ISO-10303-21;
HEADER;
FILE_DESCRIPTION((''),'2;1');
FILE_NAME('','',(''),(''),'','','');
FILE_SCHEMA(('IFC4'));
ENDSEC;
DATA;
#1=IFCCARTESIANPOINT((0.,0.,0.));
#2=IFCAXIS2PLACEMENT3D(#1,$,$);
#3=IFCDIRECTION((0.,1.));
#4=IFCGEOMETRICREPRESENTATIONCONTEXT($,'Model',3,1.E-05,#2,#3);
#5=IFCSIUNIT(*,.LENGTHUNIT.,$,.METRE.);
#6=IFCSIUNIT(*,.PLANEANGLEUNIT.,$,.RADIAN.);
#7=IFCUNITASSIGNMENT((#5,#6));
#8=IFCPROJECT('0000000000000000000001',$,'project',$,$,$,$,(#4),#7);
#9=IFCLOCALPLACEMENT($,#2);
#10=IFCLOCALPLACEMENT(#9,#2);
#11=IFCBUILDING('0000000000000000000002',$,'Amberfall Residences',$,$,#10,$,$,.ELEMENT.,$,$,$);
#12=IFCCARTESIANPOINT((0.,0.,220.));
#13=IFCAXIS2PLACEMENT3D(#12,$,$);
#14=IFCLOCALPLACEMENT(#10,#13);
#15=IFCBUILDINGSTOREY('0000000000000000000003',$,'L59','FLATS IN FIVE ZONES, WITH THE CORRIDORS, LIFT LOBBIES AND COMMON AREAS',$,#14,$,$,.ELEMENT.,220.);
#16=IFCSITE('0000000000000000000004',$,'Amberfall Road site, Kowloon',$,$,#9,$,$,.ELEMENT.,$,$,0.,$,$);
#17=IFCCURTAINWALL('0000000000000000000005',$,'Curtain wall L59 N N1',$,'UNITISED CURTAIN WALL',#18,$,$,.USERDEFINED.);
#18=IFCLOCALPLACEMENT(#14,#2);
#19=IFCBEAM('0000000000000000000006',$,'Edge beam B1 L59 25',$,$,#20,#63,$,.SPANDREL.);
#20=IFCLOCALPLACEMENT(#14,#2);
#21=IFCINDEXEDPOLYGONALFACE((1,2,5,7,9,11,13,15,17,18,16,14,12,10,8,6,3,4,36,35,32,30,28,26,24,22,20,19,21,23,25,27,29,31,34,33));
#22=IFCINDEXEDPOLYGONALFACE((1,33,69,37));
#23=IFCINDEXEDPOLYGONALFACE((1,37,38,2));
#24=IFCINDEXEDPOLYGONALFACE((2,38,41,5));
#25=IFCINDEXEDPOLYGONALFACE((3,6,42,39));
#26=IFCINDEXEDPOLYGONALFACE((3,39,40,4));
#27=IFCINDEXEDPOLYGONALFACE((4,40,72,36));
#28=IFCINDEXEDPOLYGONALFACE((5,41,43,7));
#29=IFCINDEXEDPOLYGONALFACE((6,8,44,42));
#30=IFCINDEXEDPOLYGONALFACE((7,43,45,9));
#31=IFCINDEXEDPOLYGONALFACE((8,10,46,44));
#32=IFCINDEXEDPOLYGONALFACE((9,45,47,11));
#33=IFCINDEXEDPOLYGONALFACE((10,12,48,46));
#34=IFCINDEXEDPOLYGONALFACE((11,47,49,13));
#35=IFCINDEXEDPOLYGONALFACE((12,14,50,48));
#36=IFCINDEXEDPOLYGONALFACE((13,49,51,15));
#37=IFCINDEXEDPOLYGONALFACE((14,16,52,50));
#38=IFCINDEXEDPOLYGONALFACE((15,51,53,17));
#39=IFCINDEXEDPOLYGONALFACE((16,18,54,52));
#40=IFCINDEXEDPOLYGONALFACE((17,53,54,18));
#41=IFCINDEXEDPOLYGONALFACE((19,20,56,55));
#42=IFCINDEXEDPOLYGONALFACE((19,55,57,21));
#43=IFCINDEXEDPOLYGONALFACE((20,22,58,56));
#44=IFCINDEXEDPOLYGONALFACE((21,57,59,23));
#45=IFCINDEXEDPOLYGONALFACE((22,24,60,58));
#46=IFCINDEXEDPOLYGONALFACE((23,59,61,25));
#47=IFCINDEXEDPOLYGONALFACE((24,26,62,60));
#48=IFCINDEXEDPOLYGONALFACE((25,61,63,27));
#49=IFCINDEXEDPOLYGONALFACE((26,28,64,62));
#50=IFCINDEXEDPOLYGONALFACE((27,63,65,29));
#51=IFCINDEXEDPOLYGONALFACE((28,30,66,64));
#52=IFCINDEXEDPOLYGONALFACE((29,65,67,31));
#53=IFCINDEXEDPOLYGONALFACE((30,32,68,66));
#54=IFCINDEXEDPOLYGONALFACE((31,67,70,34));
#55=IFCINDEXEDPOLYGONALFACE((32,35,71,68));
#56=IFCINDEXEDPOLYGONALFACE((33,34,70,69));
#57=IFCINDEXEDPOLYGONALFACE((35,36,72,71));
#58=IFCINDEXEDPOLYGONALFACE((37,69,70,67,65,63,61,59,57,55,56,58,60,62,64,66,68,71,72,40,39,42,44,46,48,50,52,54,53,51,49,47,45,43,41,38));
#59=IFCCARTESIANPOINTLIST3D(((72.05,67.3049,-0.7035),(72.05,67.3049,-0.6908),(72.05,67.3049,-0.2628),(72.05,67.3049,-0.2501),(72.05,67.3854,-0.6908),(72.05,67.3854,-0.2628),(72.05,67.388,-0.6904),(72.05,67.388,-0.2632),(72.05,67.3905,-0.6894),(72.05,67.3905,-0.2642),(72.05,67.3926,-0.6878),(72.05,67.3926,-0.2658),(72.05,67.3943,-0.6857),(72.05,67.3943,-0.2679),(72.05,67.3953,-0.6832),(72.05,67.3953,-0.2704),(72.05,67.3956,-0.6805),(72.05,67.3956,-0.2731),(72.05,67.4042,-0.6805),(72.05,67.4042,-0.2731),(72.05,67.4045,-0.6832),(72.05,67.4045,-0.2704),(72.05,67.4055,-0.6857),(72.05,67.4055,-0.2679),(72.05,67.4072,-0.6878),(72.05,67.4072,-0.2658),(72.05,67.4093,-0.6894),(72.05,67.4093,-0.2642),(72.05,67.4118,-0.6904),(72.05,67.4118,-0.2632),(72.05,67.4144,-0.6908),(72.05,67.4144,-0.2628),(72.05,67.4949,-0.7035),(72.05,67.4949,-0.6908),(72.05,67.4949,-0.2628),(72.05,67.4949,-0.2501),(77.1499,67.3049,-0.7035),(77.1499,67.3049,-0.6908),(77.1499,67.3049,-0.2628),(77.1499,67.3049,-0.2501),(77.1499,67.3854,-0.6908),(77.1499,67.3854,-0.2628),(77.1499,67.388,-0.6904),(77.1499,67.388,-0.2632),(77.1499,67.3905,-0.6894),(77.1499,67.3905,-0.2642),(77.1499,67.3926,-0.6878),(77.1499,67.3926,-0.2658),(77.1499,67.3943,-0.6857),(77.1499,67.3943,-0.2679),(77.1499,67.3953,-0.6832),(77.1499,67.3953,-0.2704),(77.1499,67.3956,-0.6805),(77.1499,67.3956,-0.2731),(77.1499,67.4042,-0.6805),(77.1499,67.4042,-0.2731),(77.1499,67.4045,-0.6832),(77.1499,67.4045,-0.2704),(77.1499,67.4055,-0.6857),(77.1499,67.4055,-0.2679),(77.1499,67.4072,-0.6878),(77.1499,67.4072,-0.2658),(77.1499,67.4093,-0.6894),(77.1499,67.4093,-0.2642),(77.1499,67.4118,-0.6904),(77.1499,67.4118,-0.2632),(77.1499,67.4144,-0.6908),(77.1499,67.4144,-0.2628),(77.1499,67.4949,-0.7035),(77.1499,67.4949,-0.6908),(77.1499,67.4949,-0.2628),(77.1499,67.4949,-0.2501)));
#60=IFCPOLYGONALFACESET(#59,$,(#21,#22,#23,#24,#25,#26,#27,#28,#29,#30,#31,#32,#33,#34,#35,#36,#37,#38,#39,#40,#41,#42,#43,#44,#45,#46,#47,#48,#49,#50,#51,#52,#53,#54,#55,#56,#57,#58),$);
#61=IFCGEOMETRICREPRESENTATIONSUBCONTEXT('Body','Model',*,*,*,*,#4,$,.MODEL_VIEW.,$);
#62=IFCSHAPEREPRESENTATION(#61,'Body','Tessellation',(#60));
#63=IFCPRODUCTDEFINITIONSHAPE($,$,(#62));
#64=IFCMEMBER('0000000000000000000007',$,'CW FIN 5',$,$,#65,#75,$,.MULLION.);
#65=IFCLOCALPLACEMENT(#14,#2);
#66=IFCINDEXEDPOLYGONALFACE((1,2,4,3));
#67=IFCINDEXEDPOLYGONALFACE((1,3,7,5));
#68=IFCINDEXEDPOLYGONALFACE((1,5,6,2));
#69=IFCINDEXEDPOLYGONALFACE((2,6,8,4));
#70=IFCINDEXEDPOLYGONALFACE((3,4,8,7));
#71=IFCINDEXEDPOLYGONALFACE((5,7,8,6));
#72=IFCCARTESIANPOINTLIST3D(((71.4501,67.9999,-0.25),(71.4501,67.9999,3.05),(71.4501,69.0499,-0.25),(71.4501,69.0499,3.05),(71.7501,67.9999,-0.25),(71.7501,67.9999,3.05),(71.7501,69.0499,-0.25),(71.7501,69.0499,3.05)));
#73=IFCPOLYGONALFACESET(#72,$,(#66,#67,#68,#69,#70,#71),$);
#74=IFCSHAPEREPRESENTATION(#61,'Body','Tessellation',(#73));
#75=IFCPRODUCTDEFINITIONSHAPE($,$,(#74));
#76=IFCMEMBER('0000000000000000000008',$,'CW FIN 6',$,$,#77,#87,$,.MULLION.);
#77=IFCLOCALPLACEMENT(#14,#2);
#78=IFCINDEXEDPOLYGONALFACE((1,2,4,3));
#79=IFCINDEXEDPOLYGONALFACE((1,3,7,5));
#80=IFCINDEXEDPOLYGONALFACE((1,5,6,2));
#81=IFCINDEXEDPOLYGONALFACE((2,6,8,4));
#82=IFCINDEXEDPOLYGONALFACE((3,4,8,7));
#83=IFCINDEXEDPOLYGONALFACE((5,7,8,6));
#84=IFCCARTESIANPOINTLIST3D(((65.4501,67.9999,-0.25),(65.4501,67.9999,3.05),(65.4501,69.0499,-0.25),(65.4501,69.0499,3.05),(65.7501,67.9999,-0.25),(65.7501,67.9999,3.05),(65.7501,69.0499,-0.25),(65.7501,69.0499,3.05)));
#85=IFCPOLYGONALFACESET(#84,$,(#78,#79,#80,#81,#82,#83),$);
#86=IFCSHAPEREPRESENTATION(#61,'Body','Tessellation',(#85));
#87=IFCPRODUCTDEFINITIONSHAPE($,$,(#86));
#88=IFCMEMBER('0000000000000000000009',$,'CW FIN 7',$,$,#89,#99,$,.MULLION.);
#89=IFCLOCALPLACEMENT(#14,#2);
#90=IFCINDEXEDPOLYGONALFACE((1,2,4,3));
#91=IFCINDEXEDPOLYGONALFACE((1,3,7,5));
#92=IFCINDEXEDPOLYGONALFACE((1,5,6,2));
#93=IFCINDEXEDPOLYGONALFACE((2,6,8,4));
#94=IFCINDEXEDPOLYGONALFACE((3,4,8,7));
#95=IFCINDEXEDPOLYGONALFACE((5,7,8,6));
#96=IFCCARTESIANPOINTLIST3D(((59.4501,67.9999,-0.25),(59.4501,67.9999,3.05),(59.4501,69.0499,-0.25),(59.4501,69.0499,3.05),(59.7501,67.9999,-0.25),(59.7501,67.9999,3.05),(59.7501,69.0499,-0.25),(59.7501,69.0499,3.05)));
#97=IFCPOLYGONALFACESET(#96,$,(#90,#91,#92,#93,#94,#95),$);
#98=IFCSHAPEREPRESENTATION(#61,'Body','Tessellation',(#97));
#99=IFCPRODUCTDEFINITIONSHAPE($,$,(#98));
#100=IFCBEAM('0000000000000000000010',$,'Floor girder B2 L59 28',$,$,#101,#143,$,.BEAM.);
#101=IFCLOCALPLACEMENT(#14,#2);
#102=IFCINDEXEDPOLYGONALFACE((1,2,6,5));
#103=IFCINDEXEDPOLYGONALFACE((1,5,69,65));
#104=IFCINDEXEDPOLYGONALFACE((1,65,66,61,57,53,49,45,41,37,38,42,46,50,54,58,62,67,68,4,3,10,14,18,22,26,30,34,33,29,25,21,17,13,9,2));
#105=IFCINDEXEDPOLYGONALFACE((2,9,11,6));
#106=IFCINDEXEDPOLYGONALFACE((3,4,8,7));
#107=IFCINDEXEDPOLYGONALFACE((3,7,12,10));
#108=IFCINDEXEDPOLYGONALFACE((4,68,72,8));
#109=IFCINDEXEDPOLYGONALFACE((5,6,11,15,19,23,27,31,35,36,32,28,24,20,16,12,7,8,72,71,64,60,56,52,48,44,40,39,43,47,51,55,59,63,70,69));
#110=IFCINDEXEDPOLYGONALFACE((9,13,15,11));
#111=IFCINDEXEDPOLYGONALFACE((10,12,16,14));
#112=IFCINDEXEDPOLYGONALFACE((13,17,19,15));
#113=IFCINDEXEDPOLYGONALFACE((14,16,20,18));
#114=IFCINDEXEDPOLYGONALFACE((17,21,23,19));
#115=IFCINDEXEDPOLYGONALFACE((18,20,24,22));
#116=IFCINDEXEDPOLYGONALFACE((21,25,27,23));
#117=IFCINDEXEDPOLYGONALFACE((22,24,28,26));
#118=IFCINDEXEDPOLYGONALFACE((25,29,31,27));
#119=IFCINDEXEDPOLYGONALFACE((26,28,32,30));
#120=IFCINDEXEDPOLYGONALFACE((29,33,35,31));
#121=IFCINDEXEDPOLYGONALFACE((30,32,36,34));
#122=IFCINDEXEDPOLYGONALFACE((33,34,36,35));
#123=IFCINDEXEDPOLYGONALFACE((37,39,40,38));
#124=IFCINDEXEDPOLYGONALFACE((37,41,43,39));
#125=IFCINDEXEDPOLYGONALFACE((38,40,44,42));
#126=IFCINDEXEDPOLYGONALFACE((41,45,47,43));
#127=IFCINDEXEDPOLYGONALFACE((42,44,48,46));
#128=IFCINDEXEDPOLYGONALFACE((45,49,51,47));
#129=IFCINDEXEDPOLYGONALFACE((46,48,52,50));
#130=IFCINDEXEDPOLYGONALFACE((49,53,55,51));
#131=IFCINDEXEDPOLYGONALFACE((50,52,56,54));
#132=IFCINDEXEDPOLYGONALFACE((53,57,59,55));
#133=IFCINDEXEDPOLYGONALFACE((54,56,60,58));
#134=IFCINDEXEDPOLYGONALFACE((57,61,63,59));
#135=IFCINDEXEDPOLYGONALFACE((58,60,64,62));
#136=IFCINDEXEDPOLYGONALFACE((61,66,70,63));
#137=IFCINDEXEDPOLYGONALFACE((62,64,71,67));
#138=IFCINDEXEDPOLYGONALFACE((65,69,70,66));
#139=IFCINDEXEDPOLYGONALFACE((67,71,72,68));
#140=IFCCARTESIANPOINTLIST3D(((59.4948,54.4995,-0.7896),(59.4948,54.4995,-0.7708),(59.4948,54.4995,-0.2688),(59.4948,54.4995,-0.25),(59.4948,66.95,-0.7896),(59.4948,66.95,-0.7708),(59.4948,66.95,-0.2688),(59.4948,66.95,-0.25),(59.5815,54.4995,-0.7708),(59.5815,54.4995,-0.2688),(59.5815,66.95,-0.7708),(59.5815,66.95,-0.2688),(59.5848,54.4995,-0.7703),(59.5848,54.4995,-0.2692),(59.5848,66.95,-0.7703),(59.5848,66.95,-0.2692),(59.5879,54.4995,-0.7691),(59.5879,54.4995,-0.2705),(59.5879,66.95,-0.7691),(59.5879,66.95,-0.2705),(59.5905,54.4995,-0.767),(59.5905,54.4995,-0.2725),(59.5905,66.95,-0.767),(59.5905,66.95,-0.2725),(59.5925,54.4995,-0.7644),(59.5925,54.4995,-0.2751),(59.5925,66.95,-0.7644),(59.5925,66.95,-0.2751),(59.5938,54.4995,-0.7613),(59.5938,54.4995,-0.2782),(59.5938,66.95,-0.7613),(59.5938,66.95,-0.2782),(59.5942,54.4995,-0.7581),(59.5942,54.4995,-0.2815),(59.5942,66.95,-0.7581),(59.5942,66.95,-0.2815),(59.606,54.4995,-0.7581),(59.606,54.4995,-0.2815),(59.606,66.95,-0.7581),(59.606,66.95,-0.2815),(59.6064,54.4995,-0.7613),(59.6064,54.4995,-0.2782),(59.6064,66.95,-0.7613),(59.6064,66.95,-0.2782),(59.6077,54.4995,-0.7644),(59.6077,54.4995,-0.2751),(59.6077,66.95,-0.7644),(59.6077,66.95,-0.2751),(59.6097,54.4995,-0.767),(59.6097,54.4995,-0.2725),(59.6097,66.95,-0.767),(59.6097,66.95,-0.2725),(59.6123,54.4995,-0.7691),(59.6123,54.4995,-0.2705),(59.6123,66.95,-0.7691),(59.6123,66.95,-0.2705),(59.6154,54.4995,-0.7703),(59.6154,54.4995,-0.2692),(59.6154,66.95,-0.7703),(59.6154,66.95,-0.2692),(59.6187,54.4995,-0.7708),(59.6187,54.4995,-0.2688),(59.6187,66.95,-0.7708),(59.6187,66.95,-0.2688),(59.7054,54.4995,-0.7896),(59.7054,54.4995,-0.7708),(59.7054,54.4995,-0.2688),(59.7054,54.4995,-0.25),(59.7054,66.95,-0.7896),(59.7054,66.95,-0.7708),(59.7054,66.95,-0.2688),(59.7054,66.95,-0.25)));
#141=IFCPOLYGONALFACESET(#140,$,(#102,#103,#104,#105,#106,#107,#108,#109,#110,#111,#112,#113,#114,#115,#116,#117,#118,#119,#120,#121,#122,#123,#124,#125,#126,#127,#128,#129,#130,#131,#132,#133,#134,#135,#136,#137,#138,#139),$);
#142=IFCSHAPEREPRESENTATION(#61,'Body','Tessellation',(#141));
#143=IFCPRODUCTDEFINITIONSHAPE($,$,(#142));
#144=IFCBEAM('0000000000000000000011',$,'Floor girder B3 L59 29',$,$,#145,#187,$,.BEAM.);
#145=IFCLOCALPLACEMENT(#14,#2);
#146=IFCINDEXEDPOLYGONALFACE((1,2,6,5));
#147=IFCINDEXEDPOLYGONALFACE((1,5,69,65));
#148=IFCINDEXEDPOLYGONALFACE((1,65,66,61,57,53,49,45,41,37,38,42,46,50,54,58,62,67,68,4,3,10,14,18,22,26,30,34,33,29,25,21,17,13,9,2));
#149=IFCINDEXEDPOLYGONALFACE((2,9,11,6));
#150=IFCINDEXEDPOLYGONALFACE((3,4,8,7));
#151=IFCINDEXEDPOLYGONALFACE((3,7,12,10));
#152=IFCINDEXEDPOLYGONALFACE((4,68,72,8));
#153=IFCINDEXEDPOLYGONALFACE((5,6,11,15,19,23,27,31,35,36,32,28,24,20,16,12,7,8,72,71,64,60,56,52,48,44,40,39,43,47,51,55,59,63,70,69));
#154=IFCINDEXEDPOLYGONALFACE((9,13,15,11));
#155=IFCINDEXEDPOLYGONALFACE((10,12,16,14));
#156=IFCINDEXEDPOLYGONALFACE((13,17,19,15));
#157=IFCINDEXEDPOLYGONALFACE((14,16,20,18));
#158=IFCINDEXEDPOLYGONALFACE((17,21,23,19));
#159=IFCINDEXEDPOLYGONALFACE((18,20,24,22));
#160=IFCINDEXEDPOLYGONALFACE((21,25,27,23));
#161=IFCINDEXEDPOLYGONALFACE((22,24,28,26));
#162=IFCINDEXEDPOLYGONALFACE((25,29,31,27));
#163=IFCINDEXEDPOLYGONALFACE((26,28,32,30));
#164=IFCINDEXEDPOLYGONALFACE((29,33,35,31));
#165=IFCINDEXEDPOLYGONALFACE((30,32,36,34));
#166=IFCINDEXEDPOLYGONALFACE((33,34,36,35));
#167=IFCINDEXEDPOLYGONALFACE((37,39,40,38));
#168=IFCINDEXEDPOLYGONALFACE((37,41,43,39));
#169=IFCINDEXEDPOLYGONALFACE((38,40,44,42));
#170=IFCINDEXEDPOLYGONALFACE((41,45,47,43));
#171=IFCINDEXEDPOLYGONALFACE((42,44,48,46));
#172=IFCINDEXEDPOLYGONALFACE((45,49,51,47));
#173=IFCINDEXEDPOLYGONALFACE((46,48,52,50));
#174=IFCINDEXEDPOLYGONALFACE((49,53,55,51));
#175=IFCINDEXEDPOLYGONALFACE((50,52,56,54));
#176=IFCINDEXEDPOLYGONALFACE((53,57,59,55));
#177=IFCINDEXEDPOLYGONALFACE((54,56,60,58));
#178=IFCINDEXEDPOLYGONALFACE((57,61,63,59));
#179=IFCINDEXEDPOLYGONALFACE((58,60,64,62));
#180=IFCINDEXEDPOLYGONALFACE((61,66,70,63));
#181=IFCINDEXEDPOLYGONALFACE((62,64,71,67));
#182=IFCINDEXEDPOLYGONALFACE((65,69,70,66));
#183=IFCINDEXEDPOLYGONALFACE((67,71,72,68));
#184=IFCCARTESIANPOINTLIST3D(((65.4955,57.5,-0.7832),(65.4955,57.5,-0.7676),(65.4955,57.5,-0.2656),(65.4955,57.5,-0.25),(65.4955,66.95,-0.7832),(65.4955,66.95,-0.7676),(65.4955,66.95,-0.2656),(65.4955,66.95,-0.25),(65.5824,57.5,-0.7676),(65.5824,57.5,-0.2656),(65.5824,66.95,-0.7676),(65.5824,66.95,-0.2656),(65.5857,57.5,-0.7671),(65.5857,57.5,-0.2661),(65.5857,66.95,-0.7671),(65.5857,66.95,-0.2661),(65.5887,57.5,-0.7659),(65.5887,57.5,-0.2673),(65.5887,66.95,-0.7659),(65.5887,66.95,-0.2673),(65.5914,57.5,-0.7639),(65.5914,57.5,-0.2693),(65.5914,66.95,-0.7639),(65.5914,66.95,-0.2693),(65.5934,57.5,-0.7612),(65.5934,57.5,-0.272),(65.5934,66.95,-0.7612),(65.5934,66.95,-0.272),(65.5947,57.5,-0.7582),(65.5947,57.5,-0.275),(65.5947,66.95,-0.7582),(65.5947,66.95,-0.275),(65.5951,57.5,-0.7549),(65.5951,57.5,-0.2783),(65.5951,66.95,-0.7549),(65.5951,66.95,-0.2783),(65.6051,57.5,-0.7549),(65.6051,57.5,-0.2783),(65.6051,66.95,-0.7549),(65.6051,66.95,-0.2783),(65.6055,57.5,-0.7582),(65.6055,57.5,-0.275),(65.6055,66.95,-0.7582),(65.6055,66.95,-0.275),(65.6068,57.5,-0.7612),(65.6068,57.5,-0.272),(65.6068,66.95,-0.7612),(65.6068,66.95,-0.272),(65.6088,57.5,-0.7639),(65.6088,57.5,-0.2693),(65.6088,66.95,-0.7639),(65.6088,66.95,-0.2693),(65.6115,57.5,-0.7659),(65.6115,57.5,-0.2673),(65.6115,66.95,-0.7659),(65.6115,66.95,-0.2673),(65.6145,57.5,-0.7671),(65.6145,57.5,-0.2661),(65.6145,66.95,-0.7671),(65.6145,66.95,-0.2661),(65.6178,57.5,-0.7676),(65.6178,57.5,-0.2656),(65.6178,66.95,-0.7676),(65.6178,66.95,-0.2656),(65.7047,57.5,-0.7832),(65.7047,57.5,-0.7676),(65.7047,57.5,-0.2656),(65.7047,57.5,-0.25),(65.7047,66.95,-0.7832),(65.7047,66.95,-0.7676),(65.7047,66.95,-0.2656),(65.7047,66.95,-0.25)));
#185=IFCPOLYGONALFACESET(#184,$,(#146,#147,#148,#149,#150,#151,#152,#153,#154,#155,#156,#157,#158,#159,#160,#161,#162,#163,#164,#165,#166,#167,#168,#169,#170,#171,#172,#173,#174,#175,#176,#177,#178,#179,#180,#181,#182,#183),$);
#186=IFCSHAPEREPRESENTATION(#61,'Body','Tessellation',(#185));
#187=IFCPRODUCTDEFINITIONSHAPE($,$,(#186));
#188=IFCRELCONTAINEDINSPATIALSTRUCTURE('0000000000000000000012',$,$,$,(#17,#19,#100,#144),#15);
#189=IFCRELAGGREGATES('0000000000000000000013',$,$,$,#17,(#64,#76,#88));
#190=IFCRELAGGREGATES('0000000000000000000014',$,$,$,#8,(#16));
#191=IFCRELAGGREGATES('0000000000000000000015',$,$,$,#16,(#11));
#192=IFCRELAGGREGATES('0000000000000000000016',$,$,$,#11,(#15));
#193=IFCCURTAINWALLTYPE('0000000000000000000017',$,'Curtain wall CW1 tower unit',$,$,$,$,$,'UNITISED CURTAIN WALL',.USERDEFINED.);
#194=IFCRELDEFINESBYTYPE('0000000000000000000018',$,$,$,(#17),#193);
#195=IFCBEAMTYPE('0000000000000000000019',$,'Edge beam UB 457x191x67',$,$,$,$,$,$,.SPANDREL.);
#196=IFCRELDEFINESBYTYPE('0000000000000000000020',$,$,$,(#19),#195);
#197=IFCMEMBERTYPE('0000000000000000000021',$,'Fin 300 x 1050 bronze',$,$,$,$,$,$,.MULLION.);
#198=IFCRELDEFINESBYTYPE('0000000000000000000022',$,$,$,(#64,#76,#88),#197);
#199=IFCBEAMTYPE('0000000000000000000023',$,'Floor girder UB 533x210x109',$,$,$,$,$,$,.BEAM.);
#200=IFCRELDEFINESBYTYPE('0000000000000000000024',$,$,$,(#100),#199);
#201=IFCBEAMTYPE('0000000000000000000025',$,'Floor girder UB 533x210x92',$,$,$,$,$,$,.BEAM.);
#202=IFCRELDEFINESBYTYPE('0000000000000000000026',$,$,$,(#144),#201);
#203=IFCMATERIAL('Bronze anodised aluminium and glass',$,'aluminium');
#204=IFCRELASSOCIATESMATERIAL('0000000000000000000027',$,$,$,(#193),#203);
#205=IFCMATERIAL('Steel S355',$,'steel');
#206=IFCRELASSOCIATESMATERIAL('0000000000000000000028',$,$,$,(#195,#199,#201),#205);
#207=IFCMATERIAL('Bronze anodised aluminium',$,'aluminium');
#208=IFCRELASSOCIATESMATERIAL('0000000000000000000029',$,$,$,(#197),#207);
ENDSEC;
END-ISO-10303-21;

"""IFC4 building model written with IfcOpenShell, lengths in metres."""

from ifc_helpers import new_model, si_unit, direction, frame, origin, origin_2d, place, context, subcontext, project, spatial, rectangle, i_section, extrude, material, material_profile, profile_set, type_object, element, aggregate, save


model = new_model("IFC4")

# Units and contexts
model_context = context("Model", 3, precision=1e-05, world=origin(), true_north=direction((0.0, 1.0)))
body_context = subcontext(model_context, "Body", "Model", "MODEL_VIEW")
ifc_project = project(units=[si_unit("LENGTHUNIT", "METRE"), si_unit("PLANEANGLEUNIT", "RADIAN")], contexts=[model_context])

# Site, building, storey
site_placement = place(None, origin())
site = spatial("IfcSite", under=ifc_project, at=site_placement, Name="Amberfall Road site, Kowloon", CompositionType="ELEMENT", RefElevation=0.0)
building_placement = place(site_placement, origin())
building = spatial("IfcBuilding", under=site, at=building_placement, Name="Amberfall Residences", CompositionType="ELEMENT")
storey_placement = place(building_placement, frame((0.0, 0.0, 220.0)))
storey = spatial("IfcBuildingStorey", under=building, at=storey_placement, Name="L59", Description="FLATS IN FIVE ZONES, WITH THE CORRIDORS, LIFT LOBBIES AND COMMON AREAS", CompositionType="ELEMENT", Elevation=220.0)

# Curtain wall
ifc_material_1 = material(Name="Bronze anodised aluminium and glass", Category="aluminium")
curtain_wall_type = type_object("IfcCurtainWallType", Name="Curtain wall CW1 tower unit", ElementType="UNITISED CURTAIN WALL", PredefinedType="USERDEFINED", material=ifc_material_1)
curtain_wall_placement = place(storey_placement, origin())
curtain_wall = element("IfcCurtainWall", 1, at=curtain_wall_placement, inside=storey, type_object=curtain_wall_type, Name="Curtain wall L59 N N1", ObjectType="UNITISED CURTAIN WALL", PredefinedType="USERDEFINED")
ifc_material_2 = material(Name="Bronze anodised aluminium", Category="aluminium")

# Beam
ifc_material_3 = material(Name="Steel S355", Category="steel")
ifc_material_profile_1 = material_profile(ifc_material_3, i_section(OverallWidth=0.1899, OverallDepth=0.4534, WebThickness=0.0085, FlangeThickness=0.0127, FilletRadius=0.0103, at=origin_2d()), Name="UB 457x191x67")
ifc_profile_set_1 = profile_set([ifc_material_profile_1], Name="Steel S355")
beam_type_1 = type_object("IfcBeamType", Name="Edge beam UB 457x191x67", PredefinedType="SPANDREL", material=ifc_profile_set_1)
for number, where, z_axis, x_axis, name in (
    (2, (72.05, 67.3999, -0.4768), (1.0, 0.0, 0.0), (0.0, 1.0, 0.0), "Edge beam B1 L59 25"),
):
    element("IfcBeam", number, at=place(storey_placement, frame(where, z_axis=z_axis, x_axis=x_axis)), inside=storey, type_object=beam_type_1, Name=name, PredefinedType="SPANDREL", context=body_context, shape_type="SweptSolid", body=[
        extrude(i_section(OverallWidth=0.1899, OverallDepth=0.4534, WebThickness=0.0085, FlangeThickness=0.0127, FilletRadius=0.0103, at=origin_2d()), origin(), (0.0, 0.0, 1.0), 5.0999),
    ])

# Members
ifc_material_profile_2 = material_profile(ifc_material_2, rectangle(XDim=1.05, YDim=0.3, at=origin_2d()), Name="Fin 300 x 1050 bronze")
ifc_profile_set_2 = profile_set([ifc_material_profile_2], Name="Bronze anodised aluminium")
member_type_1 = type_object("IfcMemberType", Name="Fin 300 x 1050 bronze", PredefinedType="MULLION", material=ifc_profile_set_2)
member_1_placement = place(storey_placement, frame((71.6001, 68.5249, -0.25), z_axis=(0.0, 0.0, 1.0), x_axis=(0.0, -1.0, 0.0)))
member_1 = element("IfcMember", 3, at=member_1_placement, type_object=member_type_1, Name="CW FIN 5", PredefinedType="MULLION", context=body_context, shape_type="SweptSolid", body=[
    extrude(rectangle(XDim=1.05, YDim=0.3, at=origin_2d()), origin(), (0.0, 0.0, 1.0), 3.3),
])
member_2_placement = place(storey_placement, frame((65.6001, 68.5249, -0.25), z_axis=(0.0, 0.0, 1.0), x_axis=(0.0, -1.0, 0.0)))
member_2 = element("IfcMember", 4, at=member_2_placement, type_object=member_type_1, Name="CW FIN 6", PredefinedType="MULLION", context=body_context, shape_type="SweptSolid", body=[
    extrude(rectangle(XDim=1.05, YDim=0.3, at=origin_2d()), origin(), (0.0, 0.0, 1.0), 3.3),
])
member_3_placement = place(storey_placement, frame((59.6001, 68.5249, -0.25), z_axis=(0.0, 0.0, 1.0), x_axis=(0.0, -1.0, 0.0)))
member_3 = element("IfcMember", 5, at=member_3_placement, type_object=member_type_1, Name="CW FIN 7", PredefinedType="MULLION", context=body_context, shape_type="SweptSolid", body=[
    extrude(rectangle(XDim=1.05, YDim=0.3, at=origin_2d()), origin(), (0.0, 0.0, 1.0), 3.3),
])

# Beams
ifc_material_profile_3 = material_profile(ifc_material_3, i_section(OverallWidth=0.2107, OverallDepth=0.5396, WebThickness=0.0117, FlangeThickness=0.0188, FilletRadius=0.0127, at=origin_2d()), Name="UB 533x210x109")
ifc_profile_set_3 = profile_set([ifc_material_profile_3], Name="Steel S355")
beam_type_2 = type_object("IfcBeamType", Name="Floor girder UB 533x210x109", PredefinedType="BEAM", material=ifc_profile_set_3)
beam_placement = place(storey_placement, frame((59.6001, 66.95, -0.5198), z_axis=(0.0, -1.0, 0.0), x_axis=(1.0, 0.0, 0.0)))
element("IfcBeam", 6, at=beam_placement, inside=storey, type_object=beam_type_2, Name="Floor girder B2 L59 28", PredefinedType="BEAM", context=body_context, shape_type="SweptSolid", body=[
    extrude(i_section(OverallWidth=0.2107, OverallDepth=0.5396, WebThickness=0.0117, FlangeThickness=0.0188, FilletRadius=0.0127, at=origin_2d()), origin(), (0.0, 0.0, 1.0), 12.4504),
])
ifc_material_profile_4 = material_profile(ifc_material_3, i_section(OverallWidth=0.2092, OverallDepth=0.5332, WebThickness=0.01, FlangeThickness=0.0156, FilletRadius=0.0127, at=origin_2d()), Name="UB 533x210x92")
ifc_profile_set_4 = profile_set([ifc_material_profile_4], Name="Steel S355")
beam_type_3 = type_object("IfcBeamType", Name="Floor girder UB 533x210x92", PredefinedType="BEAM", material=ifc_profile_set_4)
for number, where, z_axis, x_axis, name in (
    (7, (65.6001, 66.95, -0.5166), (0.0, -1.0, 0.0), (1.0, 0.0, 0.0), "Floor girder B3 L59 29"),
):
    element("IfcBeam", number, at=place(storey_placement, frame(where, z_axis=z_axis, x_axis=x_axis)), inside=storey, type_object=beam_type_3, Name=name, PredefinedType="BEAM", context=body_context, shape_type="SweptSolid", body=[
        extrude(i_section(OverallWidth=0.2092, OverallDepth=0.5332, WebThickness=0.01, FlangeThickness=0.0156, FilletRadius=0.0127, at=origin_2d()), origin(), (0.0, 0.0, 1.0), 9.45),
    ])

aggregate(curtain_wall, [member_1, member_2, member_3])

save(model, "model.ifc")
